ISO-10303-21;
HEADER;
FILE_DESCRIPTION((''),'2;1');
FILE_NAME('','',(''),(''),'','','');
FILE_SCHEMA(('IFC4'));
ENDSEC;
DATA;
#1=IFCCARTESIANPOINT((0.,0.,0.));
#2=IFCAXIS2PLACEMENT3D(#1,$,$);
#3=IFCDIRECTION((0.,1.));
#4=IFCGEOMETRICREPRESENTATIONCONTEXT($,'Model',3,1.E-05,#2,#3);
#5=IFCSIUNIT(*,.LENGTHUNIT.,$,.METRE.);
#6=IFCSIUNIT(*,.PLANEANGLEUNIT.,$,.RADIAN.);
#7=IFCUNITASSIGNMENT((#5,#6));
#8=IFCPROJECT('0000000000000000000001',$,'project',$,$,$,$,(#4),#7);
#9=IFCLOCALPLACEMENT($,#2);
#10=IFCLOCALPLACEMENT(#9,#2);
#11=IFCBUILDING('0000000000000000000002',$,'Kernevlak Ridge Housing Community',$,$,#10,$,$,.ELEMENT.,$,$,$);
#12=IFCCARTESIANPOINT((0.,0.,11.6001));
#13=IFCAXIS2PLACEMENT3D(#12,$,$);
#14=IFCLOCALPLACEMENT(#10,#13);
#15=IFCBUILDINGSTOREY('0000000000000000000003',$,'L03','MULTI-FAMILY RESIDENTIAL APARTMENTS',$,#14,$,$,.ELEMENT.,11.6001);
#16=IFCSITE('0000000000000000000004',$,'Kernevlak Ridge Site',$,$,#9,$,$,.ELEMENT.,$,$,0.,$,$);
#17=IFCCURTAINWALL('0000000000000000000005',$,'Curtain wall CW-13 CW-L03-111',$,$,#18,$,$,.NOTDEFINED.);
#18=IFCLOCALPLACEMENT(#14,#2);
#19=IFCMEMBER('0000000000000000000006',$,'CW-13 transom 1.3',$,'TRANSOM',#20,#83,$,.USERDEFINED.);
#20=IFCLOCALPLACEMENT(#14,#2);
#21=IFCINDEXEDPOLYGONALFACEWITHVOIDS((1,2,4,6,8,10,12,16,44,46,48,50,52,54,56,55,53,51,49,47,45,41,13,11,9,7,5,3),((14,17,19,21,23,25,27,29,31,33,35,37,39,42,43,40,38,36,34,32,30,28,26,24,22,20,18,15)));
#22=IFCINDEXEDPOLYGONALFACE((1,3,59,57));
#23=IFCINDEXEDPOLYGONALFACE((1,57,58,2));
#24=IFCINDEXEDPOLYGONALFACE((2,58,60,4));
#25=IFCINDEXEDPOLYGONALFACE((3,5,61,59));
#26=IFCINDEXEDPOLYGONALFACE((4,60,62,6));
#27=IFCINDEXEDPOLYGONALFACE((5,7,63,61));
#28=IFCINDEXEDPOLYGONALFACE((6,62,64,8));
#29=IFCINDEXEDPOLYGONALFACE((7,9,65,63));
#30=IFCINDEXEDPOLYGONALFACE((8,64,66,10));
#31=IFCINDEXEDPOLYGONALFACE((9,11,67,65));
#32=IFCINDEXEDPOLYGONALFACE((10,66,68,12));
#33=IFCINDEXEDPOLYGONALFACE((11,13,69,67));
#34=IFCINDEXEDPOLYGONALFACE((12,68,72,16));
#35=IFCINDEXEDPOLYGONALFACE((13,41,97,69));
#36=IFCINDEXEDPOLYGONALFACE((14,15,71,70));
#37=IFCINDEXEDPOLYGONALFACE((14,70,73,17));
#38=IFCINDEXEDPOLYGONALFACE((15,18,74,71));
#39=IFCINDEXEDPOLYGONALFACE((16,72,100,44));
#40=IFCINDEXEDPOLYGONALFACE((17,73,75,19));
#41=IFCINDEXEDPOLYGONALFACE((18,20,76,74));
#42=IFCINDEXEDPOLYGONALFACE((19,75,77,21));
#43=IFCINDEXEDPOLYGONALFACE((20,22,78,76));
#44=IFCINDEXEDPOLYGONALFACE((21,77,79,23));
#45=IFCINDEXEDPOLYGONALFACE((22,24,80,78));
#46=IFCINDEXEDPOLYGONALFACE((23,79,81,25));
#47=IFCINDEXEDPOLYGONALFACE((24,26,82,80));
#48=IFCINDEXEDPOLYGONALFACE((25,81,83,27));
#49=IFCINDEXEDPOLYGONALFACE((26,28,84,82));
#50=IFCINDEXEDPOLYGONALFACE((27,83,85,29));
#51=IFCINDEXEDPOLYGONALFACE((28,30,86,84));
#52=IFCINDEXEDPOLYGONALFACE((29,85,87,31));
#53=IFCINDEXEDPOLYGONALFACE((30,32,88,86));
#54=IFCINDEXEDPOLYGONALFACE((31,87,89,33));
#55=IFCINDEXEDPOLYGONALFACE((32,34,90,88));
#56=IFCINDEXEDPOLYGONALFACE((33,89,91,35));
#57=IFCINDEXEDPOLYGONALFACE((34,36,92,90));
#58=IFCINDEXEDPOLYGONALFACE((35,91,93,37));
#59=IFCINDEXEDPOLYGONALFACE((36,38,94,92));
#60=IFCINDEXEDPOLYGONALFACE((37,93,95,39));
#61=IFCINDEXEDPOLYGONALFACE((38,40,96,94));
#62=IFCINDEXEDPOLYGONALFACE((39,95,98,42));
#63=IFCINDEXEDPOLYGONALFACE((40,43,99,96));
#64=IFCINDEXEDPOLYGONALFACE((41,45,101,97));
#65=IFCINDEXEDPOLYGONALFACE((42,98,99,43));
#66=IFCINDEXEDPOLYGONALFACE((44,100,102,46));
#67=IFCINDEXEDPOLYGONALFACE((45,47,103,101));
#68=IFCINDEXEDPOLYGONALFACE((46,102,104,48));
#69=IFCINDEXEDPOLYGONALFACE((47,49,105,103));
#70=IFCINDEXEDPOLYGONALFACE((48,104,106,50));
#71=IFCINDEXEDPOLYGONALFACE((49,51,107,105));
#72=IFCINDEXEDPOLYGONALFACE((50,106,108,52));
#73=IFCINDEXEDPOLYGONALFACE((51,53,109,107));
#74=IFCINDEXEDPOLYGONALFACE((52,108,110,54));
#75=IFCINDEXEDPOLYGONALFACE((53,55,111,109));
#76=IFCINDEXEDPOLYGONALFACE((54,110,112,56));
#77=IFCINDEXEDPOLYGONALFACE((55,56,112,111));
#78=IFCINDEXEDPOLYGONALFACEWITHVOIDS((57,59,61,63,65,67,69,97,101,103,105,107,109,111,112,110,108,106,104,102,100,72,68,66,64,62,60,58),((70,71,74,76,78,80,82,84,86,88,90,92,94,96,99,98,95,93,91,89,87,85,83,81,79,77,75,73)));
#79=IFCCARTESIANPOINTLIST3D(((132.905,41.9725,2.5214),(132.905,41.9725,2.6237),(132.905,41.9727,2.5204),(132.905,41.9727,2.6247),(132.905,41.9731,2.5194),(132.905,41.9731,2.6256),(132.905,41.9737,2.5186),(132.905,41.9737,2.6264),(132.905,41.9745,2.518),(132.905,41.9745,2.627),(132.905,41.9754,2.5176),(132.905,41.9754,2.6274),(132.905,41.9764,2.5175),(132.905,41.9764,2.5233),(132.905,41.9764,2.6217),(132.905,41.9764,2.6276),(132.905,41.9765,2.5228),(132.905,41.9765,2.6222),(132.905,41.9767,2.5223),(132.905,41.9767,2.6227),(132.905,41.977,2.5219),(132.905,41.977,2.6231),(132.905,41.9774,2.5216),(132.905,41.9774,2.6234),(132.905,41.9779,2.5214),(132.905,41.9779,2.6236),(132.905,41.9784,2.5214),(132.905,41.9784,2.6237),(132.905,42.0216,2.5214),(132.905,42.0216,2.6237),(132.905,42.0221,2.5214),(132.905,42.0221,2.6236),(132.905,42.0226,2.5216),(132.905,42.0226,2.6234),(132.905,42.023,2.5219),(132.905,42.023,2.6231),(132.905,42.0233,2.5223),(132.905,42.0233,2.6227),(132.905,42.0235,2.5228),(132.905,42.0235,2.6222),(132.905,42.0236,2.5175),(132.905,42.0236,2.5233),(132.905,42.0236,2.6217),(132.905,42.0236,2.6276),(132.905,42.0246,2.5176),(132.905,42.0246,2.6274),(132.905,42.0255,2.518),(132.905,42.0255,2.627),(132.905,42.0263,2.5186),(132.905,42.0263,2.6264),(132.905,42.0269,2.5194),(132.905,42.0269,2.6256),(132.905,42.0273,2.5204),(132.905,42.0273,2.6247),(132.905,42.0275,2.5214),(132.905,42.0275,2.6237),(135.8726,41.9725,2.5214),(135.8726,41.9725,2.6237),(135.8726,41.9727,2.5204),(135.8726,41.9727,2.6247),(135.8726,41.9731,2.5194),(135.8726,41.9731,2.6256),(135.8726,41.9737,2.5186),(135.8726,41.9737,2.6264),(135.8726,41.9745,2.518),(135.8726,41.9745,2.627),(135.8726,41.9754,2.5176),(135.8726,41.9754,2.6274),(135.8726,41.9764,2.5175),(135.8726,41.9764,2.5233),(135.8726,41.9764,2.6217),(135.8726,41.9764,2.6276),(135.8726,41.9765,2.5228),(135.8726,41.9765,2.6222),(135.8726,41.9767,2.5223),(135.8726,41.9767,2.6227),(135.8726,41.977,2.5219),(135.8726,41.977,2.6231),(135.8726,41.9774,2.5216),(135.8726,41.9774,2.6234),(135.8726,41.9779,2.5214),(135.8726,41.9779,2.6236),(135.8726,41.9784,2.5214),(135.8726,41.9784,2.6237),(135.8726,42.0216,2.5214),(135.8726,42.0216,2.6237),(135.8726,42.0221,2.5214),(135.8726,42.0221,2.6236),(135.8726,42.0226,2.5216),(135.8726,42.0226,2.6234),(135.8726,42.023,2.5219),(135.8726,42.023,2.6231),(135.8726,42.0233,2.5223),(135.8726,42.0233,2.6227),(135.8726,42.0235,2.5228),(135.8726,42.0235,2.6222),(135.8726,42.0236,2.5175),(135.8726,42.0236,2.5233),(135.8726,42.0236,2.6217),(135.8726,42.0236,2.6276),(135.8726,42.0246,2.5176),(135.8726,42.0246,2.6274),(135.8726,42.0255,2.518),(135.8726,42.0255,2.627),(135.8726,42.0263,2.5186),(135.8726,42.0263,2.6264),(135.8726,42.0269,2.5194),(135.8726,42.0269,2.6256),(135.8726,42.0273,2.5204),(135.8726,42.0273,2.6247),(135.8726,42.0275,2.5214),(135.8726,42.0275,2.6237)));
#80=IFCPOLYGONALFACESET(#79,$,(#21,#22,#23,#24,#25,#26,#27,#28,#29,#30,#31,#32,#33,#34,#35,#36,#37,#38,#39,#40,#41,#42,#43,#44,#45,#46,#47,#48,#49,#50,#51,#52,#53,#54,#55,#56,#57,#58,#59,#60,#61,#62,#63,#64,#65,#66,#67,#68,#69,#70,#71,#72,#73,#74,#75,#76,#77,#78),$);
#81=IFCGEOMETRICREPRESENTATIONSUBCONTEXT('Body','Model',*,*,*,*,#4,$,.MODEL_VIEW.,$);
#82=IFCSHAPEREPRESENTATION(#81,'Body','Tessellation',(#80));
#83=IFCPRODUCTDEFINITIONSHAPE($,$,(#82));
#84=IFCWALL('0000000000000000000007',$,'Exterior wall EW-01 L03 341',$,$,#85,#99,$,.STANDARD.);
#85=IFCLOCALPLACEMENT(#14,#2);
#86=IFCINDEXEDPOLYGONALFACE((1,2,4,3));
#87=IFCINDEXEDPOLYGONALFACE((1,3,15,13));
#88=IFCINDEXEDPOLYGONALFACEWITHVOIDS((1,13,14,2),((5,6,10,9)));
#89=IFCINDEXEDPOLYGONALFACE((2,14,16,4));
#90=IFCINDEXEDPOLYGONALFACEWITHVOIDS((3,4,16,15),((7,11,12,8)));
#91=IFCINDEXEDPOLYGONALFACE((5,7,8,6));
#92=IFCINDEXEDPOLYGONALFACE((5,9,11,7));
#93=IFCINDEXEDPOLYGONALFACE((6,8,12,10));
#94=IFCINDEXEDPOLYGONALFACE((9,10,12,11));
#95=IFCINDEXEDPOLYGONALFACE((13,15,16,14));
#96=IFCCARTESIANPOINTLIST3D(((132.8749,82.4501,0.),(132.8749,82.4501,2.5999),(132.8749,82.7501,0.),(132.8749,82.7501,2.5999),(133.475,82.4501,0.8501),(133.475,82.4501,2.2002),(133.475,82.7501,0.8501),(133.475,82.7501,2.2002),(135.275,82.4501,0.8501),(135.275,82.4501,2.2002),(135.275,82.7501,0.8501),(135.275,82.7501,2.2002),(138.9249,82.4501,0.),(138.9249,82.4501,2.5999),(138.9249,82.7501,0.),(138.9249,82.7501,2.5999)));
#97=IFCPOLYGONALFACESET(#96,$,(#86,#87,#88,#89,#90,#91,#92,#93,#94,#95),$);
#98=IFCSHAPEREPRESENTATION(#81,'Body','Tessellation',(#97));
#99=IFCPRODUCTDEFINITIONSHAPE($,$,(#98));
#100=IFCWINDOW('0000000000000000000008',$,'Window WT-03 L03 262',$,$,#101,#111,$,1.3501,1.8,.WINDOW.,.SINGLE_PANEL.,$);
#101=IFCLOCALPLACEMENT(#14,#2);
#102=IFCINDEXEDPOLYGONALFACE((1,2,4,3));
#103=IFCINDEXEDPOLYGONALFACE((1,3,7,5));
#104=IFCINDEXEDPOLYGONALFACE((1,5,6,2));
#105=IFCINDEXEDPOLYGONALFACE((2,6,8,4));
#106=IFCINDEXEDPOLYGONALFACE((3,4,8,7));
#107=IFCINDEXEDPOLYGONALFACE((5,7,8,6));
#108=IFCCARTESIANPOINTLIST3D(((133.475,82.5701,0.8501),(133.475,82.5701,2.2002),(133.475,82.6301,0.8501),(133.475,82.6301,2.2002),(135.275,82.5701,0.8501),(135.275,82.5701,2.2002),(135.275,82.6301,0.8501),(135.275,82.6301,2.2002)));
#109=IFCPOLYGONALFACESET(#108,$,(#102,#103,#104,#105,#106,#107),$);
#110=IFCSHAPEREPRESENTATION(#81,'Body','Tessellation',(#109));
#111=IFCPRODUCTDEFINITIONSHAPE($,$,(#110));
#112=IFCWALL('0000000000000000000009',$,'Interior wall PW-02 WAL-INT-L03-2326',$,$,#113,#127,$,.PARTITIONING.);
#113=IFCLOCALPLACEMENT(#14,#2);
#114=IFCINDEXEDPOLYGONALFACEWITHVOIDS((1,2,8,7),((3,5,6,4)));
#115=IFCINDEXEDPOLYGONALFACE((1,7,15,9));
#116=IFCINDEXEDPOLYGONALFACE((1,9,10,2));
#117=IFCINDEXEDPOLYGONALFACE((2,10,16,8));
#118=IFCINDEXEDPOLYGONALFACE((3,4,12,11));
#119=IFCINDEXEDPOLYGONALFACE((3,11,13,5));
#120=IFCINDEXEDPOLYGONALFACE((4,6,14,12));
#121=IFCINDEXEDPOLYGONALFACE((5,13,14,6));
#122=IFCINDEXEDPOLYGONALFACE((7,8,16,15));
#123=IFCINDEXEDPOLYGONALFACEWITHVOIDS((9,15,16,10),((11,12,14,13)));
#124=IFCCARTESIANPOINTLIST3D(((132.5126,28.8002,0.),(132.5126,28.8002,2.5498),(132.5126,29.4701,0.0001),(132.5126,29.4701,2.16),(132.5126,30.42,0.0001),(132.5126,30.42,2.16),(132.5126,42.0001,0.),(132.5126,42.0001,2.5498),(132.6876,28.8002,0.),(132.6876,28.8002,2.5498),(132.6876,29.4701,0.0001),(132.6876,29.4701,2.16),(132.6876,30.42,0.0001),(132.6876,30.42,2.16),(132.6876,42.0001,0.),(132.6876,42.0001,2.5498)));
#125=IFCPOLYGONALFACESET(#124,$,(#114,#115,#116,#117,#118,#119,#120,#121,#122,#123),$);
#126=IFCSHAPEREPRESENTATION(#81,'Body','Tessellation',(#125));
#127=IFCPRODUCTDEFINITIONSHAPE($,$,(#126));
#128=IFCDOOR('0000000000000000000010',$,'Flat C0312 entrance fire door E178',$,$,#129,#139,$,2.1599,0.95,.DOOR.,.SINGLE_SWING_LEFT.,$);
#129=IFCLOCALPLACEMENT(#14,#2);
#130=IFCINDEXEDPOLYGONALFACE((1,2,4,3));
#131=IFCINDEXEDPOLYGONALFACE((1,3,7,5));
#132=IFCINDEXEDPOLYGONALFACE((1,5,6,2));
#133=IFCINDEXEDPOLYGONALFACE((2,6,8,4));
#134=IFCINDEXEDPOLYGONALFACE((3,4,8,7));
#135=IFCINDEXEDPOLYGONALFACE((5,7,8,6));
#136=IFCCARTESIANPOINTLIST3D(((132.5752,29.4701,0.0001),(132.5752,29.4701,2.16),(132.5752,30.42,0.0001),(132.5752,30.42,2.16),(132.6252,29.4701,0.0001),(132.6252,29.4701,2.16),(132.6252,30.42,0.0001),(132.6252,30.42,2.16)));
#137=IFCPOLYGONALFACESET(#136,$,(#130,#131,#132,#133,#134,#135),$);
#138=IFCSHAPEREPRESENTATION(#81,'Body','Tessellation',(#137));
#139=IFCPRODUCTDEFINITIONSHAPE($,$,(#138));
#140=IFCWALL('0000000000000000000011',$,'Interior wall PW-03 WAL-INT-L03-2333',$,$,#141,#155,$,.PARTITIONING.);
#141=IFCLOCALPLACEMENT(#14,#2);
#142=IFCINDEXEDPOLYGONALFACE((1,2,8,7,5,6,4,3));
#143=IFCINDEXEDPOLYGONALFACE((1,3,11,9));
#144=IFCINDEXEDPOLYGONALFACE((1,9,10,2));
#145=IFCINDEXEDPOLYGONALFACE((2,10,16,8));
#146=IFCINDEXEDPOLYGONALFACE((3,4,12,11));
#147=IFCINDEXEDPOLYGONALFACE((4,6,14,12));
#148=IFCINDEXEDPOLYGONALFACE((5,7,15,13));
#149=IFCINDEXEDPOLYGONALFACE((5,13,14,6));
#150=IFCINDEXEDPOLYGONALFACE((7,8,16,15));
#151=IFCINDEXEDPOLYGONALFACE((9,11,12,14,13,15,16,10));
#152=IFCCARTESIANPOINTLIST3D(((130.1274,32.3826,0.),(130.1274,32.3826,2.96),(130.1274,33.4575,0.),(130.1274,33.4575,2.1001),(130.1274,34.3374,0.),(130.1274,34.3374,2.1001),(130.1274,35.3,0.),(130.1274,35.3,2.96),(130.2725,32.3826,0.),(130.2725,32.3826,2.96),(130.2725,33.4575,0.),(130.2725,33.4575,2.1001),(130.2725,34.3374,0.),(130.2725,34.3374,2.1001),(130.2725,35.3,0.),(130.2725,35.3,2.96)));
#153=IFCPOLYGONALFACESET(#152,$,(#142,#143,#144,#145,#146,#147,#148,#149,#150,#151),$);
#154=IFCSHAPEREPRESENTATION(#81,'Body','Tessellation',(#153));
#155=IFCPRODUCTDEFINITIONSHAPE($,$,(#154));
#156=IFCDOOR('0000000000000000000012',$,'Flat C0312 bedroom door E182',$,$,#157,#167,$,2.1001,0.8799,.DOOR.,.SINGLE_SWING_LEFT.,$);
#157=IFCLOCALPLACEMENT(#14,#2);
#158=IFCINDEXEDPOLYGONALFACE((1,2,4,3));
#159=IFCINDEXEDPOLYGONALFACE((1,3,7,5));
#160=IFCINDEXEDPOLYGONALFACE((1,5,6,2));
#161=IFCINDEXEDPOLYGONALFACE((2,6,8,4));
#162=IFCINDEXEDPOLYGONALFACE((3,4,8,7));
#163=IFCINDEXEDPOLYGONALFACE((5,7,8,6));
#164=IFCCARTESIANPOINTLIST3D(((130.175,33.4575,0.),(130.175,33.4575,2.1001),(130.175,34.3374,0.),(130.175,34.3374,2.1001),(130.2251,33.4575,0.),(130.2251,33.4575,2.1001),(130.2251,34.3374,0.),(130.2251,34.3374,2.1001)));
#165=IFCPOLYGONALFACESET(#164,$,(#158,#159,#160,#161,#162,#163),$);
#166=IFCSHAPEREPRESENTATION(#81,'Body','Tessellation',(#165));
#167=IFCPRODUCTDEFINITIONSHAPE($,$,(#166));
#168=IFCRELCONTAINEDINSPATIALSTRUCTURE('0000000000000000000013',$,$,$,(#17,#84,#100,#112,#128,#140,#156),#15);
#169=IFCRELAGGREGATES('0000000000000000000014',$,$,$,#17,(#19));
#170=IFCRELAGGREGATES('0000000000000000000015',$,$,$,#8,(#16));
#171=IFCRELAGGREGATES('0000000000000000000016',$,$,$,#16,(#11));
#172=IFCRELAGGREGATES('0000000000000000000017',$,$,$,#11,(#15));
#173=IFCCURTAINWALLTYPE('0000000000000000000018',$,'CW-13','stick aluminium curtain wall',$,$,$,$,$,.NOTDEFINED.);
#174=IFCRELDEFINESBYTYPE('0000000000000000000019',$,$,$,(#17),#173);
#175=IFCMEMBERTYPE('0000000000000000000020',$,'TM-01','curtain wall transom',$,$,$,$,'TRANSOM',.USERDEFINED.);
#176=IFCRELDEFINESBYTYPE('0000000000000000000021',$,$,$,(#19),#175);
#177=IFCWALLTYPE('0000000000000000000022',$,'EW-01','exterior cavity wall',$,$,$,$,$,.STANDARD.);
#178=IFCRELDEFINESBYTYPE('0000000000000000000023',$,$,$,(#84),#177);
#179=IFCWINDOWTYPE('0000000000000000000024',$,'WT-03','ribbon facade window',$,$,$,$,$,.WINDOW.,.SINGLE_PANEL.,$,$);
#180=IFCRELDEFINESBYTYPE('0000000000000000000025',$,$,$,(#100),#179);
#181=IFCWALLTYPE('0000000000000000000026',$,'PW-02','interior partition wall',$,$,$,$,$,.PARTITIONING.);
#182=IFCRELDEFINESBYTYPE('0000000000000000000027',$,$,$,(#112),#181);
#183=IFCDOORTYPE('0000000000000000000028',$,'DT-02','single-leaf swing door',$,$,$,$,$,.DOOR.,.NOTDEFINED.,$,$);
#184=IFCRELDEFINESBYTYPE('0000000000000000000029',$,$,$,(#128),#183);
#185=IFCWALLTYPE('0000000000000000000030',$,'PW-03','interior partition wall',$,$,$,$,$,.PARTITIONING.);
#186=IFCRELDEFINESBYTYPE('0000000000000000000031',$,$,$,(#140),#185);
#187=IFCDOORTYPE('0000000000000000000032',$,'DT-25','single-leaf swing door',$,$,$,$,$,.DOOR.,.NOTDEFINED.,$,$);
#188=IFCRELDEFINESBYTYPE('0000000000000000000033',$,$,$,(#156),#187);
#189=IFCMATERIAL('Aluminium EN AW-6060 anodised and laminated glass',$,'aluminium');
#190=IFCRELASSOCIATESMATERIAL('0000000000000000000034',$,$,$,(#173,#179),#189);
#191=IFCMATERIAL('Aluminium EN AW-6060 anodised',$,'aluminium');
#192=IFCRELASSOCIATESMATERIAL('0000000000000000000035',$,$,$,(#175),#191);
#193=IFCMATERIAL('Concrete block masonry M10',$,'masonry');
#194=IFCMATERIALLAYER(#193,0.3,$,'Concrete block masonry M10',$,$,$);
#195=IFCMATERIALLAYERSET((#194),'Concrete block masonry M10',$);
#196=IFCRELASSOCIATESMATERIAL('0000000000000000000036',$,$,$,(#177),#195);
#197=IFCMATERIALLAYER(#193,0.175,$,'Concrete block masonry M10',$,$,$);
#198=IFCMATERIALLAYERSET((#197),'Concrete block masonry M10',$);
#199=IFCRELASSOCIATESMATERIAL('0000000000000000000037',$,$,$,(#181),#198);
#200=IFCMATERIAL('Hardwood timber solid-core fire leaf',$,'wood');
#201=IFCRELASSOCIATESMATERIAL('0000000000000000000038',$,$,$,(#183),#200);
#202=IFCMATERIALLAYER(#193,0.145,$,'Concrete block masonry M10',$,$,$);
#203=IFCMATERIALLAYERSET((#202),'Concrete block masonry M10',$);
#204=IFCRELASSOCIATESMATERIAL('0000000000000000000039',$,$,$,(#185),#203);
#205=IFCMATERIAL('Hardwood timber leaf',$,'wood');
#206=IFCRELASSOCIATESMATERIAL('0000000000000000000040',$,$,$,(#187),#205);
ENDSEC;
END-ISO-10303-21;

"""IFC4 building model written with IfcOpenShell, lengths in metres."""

from ifc_helpers import new_model, si_unit, direction, frame, frame_2d, origin, origin_2d, place, context, subcontext, project, spatial, rectangle, hollow_rectangle, extrude, material, layer, layer_set, material_profile, profile_set, type_object, element, fill, aggregate, save


model = new_model("IFC4")

# Units and contexts
model_context = context("Model", 3, precision=1e-05, world=origin(), true_north=direction((0.0, 1.0)))
body_context = subcontext(model_context, "Body", "Model", "MODEL_VIEW")
ifc_project = project(units=[si_unit("LENGTHUNIT", "METRE"), si_unit("PLANEANGLEUNIT", "RADIAN")], contexts=[model_context])

# Site, building, storey
site_placement = place(None, origin())
site = spatial("IfcSite", under=ifc_project, at=site_placement, Name="Kernevlak Ridge Site", CompositionType="ELEMENT", RefElevation=0.0)
building_placement = place(site_placement, origin())
building = spatial("IfcBuilding", under=site, at=building_placement, Name="Kernevlak Ridge Housing Community", CompositionType="ELEMENT")
storey_placement = place(building_placement, frame((0.0, 0.0, 11.6001)))
storey = spatial("IfcBuildingStorey", under=building, at=storey_placement, Name="L03", Description="MULTI-FAMILY RESIDENTIAL APARTMENTS", CompositionType="ELEMENT", Elevation=11.6001)

# Curtain wall
ifc_material_1 = material(Name="Aluminium EN AW-6060 anodised and laminated glass", Category="aluminium")
curtain_wall_type = type_object("IfcCurtainWallType", Name="CW-13", Description="stick aluminium curtain wall", PredefinedType="NOTDEFINED", material=ifc_material_1)
curtain_wall_placement = place(storey_placement, origin())
curtain_wall = element("IfcCurtainWall", 1, at=curtain_wall_placement, inside=storey, type_object=curtain_wall_type, Name="Curtain wall CW-13 CW-L03-111", PredefinedType="NOTDEFINED")
ifc_material_2 = material(Name="Aluminium EN AW-6060 anodised", Category="aluminium")

# Member
ifc_material_profile_1 = material_profile(ifc_material_2, hollow_rectangle(XDim=0.0549, YDim=0.1101, WallThickness=0.0039, InnerFilletRadius=0.002, OuterFilletRadius=0.0039, at=origin_2d()), Name="ALU 55x110x4")
ifc_profile_set_1 = profile_set([ifc_material_profile_1], Name="Aluminium EN AW-6060 anodised")
member_type_1 = type_object("IfcMemberType", Name="TM-01", Description="curtain wall transom", ElementType="TRANSOM", PredefinedType="USERDEFINED", material=ifc_profile_set_1)
member_1_placement = place(storey_placement, frame((132.905, 42.0, 2.5725), z_axis=(1.0, 0.0, 0.0), x_axis=(0.0, 1.0, 0.0)))
member_1 = element("IfcMember", 2, at=member_1_placement, type_object=member_type_1, Name="CW-13 transom 1.3", ObjectType="TRANSOM", PredefinedType="USERDEFINED", context=body_context, shape_type="SweptSolid", body=[
    extrude(hollow_rectangle(XDim=0.0549, YDim=0.1101, WallThickness=0.0039, InnerFilletRadius=0.002, OuterFilletRadius=0.0039, at=origin_2d()), origin(), (0.0, 0.0, 1.0), 2.9675),
])
aggregate(curtain_wall, [member_1])

# Wall, opening, window
ifc_material_3 = material(Name="Concrete block masonry M10", Category="masonry")
ifc_layer_1 = layer(ifc_material_3, 0.3, Name="Concrete block masonry M10")
ifc_layer_set_1 = layer_set([ifc_layer_1], Name="Concrete block masonry M10")
wall_type_1 = type_object("IfcWallType", Name="EW-01", Description="exterior cavity wall", PredefinedType="STANDARD", material=ifc_layer_set_1)
wall_1_placement = place(storey_placement, frame((132.875, 82.6001, 0.0), z_axis=(0.0, 0.0, 1.0), x_axis=(1.0, 0.0, 0.0)))
wall_1 = element("IfcWall", 3, at=wall_1_placement, inside=storey, type_object=wall_type_1, Name="Exterior wall EW-01 L03 341", PredefinedType="STANDARD", context=body_context, shape_type="SweptSolid", body=[
    extrude(rectangle(XDim=6.05, YDim=0.3, at=frame_2d((3.0249, 0.0))), origin(), (0.0, 0.0, 1.0), 2.5999),
])
opening_1_placement = place(wall_1_placement, frame((0.6001, 0.0, 0.8501)))
opening_1 = element("IfcOpeningElement", 4, at=opening_1_placement, cuts=wall_1, PredefinedType="OPENING", context=body_context, shape_type="SweptSolid", body=[
    extrude(rectangle(XDim=1.8, YDim=1.3501, at=frame_2d((0.8999, 0.675))), frame((0.0, 0.1599, 0.0), z_axis=(0.0, -1.0, 0.0), x_axis=(1.0, 0.0, 0.0)), (0.0, 0.0, 1.0), 0.3201),
])
window_type = type_object("IfcWindowType", Name="WT-03", Description="ribbon facade window", PartitioningType="SINGLE_PANEL", PredefinedType="WINDOW", material=ifc_material_1)
window_placement = place(opening_1_placement, origin())
window = element("IfcWindow", 5, at=window_placement, inside=storey, type_object=window_type, Name="Window WT-03 L03 262", OverallHeight=1.3501, OverallWidth=1.8, PartitioningType="SINGLE_PANEL", PredefinedType="WINDOW", context=body_context, shape_type="SweptSolid", body=[
    extrude(rectangle(XDim=1.8, YDim=1.3501, at=frame_2d((0.8999, 0.675))), frame((0.0, 0.03, 0.0), z_axis=(0.0, -1.0, 0.0), x_axis=(1.0, 0.0, 0.0)), (0.0, 0.0, 1.0), 0.0601),
])
fill(opening_1, window)

# Walls, openings, doors
ifc_layer_2 = layer(ifc_material_3, 0.175, Name="Concrete block masonry M10")
ifc_layer_set_2 = layer_set([ifc_layer_2], Name="Concrete block masonry M10")
wall_type_2 = type_object("IfcWallType", Name="PW-02", Description="interior partition wall", PredefinedType="PARTITIONING", material=ifc_layer_set_2)
wall_2_placement = place(storey_placement, frame((132.6001, 28.8, 0.0), z_axis=(0.0, 0.0, 1.0), x_axis=(0.0, 1.0, 0.0)))
wall_2 = element("IfcWall", 6, at=wall_2_placement, inside=storey, type_object=wall_type_2, Name="Interior wall PW-02 WAL-INT-L03-2326", PredefinedType="PARTITIONING", context=body_context, shape_type="SweptSolid", body=[
    extrude(rectangle(XDim=13.2, YDim=0.175, at=frame_2d((6.6001, 0.0))), origin(), (0.0, 0.0, 1.0), 2.5498),
])
opening_2_placement = place(wall_2_placement, frame((0.6699, 0.0, 0.0)))
opening_2 = element("IfcOpeningElement", 7, at=opening_2_placement, cuts=wall_2, PredefinedType="OPENING", context=body_context, shape_type="SweptSolid", body=[
    extrude(rectangle(XDim=0.95, YDim=2.1599, at=frame_2d((0.4751, 1.0801))), frame((0.0, 0.0974, 0.0), z_axis=(0.0, -1.0, 0.0), x_axis=(1.0, 0.0, 0.0)), (0.0, 0.0, 1.0), 0.1951),
])
ifc_material_4 = material(Name="Hardwood timber solid-core fire leaf", Category="wood")
door_type_1 = type_object("IfcDoorType", Name="DT-02", Description="single-leaf swing door", OperationType="NOTDEFINED", PredefinedType="DOOR", material=ifc_material_4)
door_1_placement = place(opening_2_placement, origin())
door_1 = element("IfcDoor", 8, at=door_1_placement, inside=storey, type_object=door_type_1, Name="Flat C0312 entrance fire door E178", OperationType="SINGLE_SWING_LEFT", OverallHeight=2.1599, OverallWidth=0.95, PredefinedType="DOOR", context=body_context, shape_type="SweptSolid", body=[
    extrude(rectangle(XDim=0.95, YDim=2.1599, at=frame_2d((0.4751, 1.0801))), frame((0.0, 0.0249, 0.0), z_axis=(0.0, -1.0, 0.0), x_axis=(1.0, 0.0, 0.0)), (0.0, 0.0, 1.0), 0.05),
])
fill(opening_2, door_1)
ifc_layer_3 = layer(ifc_material_3, 0.145, Name="Concrete block masonry M10")
ifc_layer_set_3 = layer_set([ifc_layer_3], Name="Concrete block masonry M10")
wall_type_3 = type_object("IfcWallType", Name="PW-03", Description="interior partition wall", PredefinedType="PARTITIONING", material=ifc_layer_set_3)
wall_3_placement = place(storey_placement, frame((130.2, 32.3826, 0.0), z_axis=(0.0, 0.0, 1.0), x_axis=(0.0, 1.0, 0.0)))
wall_3 = element("IfcWall", 9, at=wall_3_placement, inside=storey, type_object=wall_type_3, Name="Interior wall PW-03 WAL-INT-L03-2333", PredefinedType="PARTITIONING", context=body_context, shape_type="SweptSolid", body=[
    extrude(rectangle(XDim=2.9175, YDim=0.145, at=frame_2d((1.4587, 0.0))), origin(), (0.0, 0.0, 1.0), 2.96),
])
opening_3_placement = place(wall_3_placement, frame((1.075, 0.0, 0.0)))
opening_3 = element("IfcOpeningElement", 10, at=opening_3_placement, cuts=wall_3, PredefinedType="OPENING", context=body_context, shape_type="SweptSolid", body=[
    extrude(rectangle(XDim=0.8799, YDim=2.1001, at=frame_2d((0.4399, 1.05))), frame((0.0, 0.0825, 0.0), z_axis=(0.0, -1.0, 0.0), x_axis=(1.0, 0.0, 0.0)), (0.0, 0.0, 1.0), 0.165),
])
ifc_material_5 = material(Name="Hardwood timber leaf", Category="wood")
door_type_2 = type_object("IfcDoorType", Name="DT-25", Description="single-leaf swing door", OperationType="NOTDEFINED", PredefinedType="DOOR", material=ifc_material_5)
door_2_placement = place(opening_3_placement, origin())
door_2 = element("IfcDoor", 11, at=door_2_placement, inside=storey, type_object=door_type_2, Name="Flat C0312 bedroom door E182", OperationType="SINGLE_SWING_LEFT", OverallHeight=2.1001, OverallWidth=0.8799, PredefinedType="DOOR", context=body_context, shape_type="SweptSolid", body=[
    extrude(rectangle(XDim=0.8799, YDim=2.1001, at=frame_2d((0.4399, 1.05))), frame((0.0, 0.0249, 0.0), z_axis=(0.0, -1.0, 0.0), x_axis=(1.0, 0.0, 0.0)), (0.0, 0.0, 1.0), 0.05),
])
fill(opening_3, door_2)

save(model, "model.ifc")
